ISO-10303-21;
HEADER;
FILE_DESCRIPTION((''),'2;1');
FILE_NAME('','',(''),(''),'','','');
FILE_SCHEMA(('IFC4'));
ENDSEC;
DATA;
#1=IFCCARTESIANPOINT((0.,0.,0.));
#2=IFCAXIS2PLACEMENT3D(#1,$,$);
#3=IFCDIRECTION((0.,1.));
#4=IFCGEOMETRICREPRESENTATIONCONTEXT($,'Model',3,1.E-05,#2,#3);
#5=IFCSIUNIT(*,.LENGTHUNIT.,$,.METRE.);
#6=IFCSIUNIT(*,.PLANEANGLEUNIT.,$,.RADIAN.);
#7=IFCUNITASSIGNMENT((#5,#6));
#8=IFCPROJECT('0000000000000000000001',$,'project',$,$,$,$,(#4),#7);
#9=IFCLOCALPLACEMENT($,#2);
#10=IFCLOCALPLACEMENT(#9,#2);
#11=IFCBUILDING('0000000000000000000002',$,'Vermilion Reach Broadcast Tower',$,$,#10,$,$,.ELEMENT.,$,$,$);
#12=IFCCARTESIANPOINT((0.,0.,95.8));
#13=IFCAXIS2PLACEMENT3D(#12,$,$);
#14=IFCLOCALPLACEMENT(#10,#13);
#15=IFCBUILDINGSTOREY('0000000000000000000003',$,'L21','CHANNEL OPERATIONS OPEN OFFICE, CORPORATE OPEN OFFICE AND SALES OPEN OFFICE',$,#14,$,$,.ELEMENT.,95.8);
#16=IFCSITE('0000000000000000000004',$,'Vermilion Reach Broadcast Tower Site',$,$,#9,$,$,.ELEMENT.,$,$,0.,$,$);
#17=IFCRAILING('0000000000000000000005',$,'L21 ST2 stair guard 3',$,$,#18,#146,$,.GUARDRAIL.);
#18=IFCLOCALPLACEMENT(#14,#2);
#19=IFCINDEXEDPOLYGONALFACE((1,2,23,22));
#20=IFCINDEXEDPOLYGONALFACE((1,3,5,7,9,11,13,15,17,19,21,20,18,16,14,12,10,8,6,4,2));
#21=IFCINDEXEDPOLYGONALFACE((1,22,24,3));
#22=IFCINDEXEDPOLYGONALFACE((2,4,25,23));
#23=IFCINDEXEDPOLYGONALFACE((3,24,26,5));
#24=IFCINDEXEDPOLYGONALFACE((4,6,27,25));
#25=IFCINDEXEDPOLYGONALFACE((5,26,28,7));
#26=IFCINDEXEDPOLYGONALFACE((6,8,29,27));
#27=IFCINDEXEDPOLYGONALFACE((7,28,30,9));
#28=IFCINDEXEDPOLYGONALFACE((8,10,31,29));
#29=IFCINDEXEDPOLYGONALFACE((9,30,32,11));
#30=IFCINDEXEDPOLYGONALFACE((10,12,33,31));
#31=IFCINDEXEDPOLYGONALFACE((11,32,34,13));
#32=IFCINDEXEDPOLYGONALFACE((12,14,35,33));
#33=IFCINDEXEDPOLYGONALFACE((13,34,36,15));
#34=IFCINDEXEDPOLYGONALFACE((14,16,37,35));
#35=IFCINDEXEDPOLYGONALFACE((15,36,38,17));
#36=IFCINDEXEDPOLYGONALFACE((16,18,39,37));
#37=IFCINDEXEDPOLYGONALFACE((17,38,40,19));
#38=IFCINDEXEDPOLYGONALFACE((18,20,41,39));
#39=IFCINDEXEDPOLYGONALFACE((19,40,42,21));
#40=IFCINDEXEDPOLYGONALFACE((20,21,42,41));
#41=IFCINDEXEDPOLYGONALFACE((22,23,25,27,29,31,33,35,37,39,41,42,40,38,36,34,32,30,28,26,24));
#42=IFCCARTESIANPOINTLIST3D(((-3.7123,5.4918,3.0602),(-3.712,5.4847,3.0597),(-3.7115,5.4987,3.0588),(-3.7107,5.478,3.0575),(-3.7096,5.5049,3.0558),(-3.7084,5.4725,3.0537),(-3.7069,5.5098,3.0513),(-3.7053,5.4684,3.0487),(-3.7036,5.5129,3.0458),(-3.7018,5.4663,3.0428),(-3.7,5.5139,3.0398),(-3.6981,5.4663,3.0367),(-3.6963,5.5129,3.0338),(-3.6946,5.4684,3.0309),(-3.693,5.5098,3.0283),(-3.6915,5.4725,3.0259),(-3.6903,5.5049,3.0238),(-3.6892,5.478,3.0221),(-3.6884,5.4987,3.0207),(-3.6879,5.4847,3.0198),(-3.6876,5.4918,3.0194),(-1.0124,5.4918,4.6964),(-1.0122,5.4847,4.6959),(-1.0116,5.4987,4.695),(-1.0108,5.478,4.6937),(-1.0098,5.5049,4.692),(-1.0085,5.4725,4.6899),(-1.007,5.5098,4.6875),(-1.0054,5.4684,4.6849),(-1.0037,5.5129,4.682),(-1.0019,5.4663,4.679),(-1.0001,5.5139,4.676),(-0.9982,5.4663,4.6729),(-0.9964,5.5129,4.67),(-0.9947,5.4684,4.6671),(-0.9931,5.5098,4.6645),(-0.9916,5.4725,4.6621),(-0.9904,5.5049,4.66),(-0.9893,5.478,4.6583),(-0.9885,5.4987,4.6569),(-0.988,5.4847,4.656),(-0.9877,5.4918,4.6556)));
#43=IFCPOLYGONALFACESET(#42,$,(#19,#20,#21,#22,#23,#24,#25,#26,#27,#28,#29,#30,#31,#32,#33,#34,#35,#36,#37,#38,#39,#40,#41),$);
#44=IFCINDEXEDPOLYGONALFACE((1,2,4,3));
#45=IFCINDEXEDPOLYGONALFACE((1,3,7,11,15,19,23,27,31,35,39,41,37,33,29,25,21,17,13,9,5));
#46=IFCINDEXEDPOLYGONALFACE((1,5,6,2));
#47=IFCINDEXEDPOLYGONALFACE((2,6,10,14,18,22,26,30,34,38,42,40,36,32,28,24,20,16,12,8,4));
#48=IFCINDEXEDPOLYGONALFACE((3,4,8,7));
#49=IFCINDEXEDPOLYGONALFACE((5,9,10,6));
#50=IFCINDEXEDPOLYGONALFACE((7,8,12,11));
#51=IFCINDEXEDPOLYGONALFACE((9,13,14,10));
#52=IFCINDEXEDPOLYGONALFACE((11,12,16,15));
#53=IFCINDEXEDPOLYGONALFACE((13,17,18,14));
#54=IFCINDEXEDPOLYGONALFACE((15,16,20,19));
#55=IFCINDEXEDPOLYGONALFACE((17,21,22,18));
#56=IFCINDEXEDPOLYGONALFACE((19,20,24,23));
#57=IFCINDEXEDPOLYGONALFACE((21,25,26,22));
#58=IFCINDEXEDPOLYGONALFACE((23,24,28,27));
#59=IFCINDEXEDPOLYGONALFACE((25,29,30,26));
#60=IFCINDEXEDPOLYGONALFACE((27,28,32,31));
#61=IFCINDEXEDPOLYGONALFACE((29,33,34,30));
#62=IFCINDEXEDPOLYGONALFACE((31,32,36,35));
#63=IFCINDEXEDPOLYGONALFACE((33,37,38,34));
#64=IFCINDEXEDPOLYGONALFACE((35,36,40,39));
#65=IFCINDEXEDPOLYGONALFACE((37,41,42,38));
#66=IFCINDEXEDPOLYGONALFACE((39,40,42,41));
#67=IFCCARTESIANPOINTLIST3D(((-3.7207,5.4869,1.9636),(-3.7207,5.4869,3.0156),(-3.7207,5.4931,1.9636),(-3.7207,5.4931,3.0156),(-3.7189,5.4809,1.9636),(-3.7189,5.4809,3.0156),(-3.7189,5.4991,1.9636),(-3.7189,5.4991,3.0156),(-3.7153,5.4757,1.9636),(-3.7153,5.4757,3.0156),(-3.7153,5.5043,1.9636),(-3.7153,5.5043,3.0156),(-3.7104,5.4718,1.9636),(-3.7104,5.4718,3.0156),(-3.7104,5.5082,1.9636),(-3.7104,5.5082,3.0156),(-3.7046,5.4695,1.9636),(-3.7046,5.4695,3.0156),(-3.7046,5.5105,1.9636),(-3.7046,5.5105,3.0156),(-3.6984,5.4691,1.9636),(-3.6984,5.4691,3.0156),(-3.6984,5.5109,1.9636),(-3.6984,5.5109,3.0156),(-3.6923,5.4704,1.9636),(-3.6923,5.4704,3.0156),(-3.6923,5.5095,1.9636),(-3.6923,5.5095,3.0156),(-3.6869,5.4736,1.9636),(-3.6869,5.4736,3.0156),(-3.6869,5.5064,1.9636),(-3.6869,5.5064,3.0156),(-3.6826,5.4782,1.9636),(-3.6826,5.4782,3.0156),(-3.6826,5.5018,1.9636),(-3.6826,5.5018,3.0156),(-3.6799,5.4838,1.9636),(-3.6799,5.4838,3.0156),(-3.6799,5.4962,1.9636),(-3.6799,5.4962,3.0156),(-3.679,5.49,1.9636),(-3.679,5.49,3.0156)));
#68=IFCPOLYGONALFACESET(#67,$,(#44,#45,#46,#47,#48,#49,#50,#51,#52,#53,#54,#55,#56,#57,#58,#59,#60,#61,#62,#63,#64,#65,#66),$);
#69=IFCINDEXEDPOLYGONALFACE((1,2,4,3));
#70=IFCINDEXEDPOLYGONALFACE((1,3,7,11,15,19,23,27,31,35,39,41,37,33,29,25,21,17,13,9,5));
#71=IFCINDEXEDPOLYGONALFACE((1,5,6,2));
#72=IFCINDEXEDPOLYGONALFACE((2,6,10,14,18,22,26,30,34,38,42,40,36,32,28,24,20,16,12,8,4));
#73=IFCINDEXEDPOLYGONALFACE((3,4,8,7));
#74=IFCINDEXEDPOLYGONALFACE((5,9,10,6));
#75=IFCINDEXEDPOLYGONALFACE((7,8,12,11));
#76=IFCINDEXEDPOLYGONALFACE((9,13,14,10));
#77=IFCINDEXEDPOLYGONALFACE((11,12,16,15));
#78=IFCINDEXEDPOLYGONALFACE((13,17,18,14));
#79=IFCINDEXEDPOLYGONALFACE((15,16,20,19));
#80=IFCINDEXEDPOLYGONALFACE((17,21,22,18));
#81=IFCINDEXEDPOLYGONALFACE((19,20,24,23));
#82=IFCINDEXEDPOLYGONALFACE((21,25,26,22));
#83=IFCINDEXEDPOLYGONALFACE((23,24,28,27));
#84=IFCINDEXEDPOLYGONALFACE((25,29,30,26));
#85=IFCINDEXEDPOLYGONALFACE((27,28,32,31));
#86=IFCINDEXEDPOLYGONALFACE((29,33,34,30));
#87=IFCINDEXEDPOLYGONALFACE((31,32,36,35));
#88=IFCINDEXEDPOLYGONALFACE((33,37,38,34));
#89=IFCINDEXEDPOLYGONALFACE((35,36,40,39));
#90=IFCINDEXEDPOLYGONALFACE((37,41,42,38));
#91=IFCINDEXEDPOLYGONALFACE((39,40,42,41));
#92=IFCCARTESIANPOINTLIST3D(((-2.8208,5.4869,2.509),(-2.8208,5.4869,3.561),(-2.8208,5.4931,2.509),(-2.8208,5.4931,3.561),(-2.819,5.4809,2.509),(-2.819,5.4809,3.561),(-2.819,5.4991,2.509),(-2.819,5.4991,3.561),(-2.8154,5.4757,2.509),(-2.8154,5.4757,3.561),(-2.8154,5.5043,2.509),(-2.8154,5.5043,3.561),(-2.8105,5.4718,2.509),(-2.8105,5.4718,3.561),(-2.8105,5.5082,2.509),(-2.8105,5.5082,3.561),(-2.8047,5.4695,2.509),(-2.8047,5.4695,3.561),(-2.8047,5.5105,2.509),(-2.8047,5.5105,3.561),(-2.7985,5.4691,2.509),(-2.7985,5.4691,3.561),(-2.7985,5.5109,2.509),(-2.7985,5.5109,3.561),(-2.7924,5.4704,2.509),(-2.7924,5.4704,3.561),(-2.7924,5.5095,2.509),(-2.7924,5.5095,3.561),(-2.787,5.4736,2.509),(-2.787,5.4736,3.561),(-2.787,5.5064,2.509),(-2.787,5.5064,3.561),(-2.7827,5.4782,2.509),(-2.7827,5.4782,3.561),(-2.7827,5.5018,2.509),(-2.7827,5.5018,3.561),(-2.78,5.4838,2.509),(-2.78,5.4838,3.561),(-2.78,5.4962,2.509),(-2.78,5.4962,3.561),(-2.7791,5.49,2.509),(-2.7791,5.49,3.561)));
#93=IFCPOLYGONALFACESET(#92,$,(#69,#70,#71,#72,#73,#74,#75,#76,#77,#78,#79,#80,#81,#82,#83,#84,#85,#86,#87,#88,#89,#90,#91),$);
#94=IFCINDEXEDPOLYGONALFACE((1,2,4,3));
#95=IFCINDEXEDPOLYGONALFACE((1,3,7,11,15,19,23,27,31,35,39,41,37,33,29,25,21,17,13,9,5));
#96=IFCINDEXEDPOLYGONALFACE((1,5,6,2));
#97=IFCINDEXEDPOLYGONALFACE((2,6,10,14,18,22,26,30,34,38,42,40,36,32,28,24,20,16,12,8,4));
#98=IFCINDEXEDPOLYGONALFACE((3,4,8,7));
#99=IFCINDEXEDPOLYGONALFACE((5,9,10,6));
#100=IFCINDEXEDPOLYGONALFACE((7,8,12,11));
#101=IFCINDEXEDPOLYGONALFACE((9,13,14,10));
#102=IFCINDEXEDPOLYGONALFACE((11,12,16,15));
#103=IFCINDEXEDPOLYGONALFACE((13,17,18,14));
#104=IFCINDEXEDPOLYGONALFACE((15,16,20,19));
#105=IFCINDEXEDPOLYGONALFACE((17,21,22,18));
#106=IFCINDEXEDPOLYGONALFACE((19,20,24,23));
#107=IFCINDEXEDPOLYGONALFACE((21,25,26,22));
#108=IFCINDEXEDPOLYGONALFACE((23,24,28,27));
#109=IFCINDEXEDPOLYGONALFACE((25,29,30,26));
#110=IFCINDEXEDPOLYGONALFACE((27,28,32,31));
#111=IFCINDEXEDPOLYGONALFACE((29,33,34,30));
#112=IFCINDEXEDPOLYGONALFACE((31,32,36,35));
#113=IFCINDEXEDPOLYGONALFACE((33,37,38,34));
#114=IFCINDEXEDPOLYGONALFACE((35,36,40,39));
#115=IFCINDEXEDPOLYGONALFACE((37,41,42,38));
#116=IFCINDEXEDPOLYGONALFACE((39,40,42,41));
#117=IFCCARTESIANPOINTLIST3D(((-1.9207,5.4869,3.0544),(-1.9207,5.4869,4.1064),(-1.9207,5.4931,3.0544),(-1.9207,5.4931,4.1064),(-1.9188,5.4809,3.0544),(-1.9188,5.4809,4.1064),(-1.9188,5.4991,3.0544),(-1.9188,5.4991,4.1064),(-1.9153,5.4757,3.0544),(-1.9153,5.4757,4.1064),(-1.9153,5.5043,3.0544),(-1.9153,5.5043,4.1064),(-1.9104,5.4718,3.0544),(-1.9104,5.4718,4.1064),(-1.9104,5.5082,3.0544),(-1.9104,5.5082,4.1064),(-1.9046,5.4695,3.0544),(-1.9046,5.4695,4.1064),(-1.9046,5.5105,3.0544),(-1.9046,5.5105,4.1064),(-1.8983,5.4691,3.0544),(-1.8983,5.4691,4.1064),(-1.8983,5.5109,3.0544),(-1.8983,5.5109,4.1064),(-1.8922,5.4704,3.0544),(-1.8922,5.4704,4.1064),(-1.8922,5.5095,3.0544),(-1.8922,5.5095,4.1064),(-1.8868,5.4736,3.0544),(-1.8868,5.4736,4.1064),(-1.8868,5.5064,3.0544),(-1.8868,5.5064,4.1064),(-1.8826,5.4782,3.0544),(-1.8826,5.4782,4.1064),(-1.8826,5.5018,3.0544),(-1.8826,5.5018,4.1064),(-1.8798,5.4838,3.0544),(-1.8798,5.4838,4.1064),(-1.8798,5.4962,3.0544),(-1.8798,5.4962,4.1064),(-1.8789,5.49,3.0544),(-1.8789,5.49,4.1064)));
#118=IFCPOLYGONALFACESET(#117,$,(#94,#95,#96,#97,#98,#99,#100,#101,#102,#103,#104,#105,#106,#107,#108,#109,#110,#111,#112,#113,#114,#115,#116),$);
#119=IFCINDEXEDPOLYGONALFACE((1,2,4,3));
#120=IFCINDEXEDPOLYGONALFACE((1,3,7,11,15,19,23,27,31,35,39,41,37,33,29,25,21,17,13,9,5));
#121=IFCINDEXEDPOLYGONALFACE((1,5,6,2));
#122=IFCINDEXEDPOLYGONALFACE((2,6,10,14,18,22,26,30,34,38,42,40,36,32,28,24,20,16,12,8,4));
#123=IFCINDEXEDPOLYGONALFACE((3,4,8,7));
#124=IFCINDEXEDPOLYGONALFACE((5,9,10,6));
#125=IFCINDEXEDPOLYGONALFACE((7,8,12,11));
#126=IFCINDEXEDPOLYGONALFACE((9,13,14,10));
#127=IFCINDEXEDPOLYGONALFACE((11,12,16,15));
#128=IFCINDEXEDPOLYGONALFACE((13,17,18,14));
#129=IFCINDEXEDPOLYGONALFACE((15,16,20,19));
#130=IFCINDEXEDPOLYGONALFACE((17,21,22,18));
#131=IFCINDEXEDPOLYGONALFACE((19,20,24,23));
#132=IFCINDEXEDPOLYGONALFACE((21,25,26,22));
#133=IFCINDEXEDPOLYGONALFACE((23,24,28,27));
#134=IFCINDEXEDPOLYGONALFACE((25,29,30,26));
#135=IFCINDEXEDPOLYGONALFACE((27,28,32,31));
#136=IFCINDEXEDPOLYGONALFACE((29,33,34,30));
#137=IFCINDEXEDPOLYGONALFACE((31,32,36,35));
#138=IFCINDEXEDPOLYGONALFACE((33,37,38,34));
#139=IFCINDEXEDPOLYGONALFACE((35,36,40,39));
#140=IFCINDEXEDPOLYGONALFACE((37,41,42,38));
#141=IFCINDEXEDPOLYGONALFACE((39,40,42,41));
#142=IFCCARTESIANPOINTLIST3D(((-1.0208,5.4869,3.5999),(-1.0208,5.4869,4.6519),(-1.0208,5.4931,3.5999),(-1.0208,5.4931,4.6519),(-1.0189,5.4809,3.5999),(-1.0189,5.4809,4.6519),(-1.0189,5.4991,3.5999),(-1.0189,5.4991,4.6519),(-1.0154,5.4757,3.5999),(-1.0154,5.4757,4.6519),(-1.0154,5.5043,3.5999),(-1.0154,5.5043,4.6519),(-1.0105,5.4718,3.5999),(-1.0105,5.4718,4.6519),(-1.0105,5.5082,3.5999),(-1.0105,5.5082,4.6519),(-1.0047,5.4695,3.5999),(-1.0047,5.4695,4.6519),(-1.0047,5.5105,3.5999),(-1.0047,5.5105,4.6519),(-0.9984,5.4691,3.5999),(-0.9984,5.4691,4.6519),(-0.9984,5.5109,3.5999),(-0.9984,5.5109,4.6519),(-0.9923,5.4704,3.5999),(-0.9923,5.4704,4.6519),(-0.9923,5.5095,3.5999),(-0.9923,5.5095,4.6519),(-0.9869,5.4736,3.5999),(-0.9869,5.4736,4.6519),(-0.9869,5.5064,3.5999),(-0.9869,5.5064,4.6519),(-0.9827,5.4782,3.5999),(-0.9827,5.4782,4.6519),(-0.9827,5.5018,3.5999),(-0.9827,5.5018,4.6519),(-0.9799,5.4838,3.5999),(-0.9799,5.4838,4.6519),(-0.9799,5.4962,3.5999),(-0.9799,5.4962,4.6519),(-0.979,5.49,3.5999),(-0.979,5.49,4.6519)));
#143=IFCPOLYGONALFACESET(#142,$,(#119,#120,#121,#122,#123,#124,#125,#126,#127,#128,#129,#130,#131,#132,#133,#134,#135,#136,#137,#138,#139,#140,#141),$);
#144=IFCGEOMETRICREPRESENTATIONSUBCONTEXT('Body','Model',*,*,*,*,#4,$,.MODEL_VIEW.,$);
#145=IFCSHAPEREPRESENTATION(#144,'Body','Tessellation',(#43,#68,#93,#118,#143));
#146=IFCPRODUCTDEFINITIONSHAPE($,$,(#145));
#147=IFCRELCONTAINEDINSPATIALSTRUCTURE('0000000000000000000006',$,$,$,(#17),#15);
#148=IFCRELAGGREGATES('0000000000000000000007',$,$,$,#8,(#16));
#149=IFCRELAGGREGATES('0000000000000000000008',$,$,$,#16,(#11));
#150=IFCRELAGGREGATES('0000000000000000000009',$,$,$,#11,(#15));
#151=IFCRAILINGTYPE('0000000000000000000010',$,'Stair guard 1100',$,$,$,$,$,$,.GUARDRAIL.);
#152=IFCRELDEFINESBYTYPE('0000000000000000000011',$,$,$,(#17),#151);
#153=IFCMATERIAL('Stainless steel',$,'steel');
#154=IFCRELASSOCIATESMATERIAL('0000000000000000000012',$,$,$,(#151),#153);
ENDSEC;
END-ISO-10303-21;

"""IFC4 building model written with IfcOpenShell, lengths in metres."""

from ifc_helpers import new_model, si_unit, direction, frame, origin, origin_2d, place, context, subcontext, project, spatial, circle, extrude, material, type_object, element, save


model = new_model("IFC4")

# Units and contexts
model_context = context("Model", 3, precision=1e-05, world=origin(), true_north=direction((0.0, 1.0)))
body_context = subcontext(model_context, "Body", "Model", "MODEL_VIEW")
ifc_project = project(units=[si_unit("LENGTHUNIT", "METRE"), si_unit("PLANEANGLEUNIT", "RADIAN")], contexts=[model_context])

# Site, building, storey
site_placement = place(None, origin())
site = spatial("IfcSite", under=ifc_project, at=site_placement, Name="Vermilion Reach Broadcast Tower Site", CompositionType="ELEMENT", RefElevation=0.0)
building_placement = place(site_placement, origin())
building = spatial("IfcBuilding", under=site, at=building_placement, Name="Vermilion Reach Broadcast Tower", CompositionType="ELEMENT")
storey_placement = place(building_placement, frame((0.0, 0.0, 95.8)))
storey = spatial("IfcBuildingStorey", under=building, at=storey_placement, Name="L21", Description="CHANNEL OPERATIONS OPEN OFFICE, CORPORATE OPEN OFFICE AND SALES OPEN OFFICE", CompositionType="ELEMENT", Elevation=95.8)

# Railing
ifc_material_1 = material(Name="Stainless steel", Category="steel")
railing_type_1 = type_object("IfcRailingType", Name="Stair guard 1100", PredefinedType="GUARDRAIL", material=ifc_material_1)
railing_1_placement = place(storey_placement, frame((-3.7, 5.49, 1.9636)))
element("IfcRailing", 1, at=railing_1_placement, inside=storey, type_object=railing_type_1, Name="L21 ST2 stair guard 3", PredefinedType="GUARDRAIL", context=body_context, shape_type="SweptSolid", body=[
    extrude(circle(Radius=0.0239, at=origin_2d()), frame((0.0, 0.0, 1.0762), z_axis=(0.855212, 0.0, 0.518278), x_axis=(0.0, 1.0, 0.0)), (0.0, 0.0, 1.0), 3.157),
    extrude(circle(Radius=0.021, at=origin_2d()), origin(), (0.0, 0.0, 1.0), 1.052),
    extrude(circle(Radius=0.021, at=origin_2d()), frame((0.8999, 0.0, 0.5454)), (0.0, 0.0, 1.0), 1.052),
    extrude(circle(Radius=0.021, at=origin_2d()), frame((1.8, 0.0, 1.0908)), (0.0, 0.0, 1.0), 1.052),
    extrude(circle(Radius=0.021, at=origin_2d()), frame((2.7, 0.0, 1.6362)), (0.0, 0.0, 1.0), 1.052),
])

save(model, "model.ifc")
